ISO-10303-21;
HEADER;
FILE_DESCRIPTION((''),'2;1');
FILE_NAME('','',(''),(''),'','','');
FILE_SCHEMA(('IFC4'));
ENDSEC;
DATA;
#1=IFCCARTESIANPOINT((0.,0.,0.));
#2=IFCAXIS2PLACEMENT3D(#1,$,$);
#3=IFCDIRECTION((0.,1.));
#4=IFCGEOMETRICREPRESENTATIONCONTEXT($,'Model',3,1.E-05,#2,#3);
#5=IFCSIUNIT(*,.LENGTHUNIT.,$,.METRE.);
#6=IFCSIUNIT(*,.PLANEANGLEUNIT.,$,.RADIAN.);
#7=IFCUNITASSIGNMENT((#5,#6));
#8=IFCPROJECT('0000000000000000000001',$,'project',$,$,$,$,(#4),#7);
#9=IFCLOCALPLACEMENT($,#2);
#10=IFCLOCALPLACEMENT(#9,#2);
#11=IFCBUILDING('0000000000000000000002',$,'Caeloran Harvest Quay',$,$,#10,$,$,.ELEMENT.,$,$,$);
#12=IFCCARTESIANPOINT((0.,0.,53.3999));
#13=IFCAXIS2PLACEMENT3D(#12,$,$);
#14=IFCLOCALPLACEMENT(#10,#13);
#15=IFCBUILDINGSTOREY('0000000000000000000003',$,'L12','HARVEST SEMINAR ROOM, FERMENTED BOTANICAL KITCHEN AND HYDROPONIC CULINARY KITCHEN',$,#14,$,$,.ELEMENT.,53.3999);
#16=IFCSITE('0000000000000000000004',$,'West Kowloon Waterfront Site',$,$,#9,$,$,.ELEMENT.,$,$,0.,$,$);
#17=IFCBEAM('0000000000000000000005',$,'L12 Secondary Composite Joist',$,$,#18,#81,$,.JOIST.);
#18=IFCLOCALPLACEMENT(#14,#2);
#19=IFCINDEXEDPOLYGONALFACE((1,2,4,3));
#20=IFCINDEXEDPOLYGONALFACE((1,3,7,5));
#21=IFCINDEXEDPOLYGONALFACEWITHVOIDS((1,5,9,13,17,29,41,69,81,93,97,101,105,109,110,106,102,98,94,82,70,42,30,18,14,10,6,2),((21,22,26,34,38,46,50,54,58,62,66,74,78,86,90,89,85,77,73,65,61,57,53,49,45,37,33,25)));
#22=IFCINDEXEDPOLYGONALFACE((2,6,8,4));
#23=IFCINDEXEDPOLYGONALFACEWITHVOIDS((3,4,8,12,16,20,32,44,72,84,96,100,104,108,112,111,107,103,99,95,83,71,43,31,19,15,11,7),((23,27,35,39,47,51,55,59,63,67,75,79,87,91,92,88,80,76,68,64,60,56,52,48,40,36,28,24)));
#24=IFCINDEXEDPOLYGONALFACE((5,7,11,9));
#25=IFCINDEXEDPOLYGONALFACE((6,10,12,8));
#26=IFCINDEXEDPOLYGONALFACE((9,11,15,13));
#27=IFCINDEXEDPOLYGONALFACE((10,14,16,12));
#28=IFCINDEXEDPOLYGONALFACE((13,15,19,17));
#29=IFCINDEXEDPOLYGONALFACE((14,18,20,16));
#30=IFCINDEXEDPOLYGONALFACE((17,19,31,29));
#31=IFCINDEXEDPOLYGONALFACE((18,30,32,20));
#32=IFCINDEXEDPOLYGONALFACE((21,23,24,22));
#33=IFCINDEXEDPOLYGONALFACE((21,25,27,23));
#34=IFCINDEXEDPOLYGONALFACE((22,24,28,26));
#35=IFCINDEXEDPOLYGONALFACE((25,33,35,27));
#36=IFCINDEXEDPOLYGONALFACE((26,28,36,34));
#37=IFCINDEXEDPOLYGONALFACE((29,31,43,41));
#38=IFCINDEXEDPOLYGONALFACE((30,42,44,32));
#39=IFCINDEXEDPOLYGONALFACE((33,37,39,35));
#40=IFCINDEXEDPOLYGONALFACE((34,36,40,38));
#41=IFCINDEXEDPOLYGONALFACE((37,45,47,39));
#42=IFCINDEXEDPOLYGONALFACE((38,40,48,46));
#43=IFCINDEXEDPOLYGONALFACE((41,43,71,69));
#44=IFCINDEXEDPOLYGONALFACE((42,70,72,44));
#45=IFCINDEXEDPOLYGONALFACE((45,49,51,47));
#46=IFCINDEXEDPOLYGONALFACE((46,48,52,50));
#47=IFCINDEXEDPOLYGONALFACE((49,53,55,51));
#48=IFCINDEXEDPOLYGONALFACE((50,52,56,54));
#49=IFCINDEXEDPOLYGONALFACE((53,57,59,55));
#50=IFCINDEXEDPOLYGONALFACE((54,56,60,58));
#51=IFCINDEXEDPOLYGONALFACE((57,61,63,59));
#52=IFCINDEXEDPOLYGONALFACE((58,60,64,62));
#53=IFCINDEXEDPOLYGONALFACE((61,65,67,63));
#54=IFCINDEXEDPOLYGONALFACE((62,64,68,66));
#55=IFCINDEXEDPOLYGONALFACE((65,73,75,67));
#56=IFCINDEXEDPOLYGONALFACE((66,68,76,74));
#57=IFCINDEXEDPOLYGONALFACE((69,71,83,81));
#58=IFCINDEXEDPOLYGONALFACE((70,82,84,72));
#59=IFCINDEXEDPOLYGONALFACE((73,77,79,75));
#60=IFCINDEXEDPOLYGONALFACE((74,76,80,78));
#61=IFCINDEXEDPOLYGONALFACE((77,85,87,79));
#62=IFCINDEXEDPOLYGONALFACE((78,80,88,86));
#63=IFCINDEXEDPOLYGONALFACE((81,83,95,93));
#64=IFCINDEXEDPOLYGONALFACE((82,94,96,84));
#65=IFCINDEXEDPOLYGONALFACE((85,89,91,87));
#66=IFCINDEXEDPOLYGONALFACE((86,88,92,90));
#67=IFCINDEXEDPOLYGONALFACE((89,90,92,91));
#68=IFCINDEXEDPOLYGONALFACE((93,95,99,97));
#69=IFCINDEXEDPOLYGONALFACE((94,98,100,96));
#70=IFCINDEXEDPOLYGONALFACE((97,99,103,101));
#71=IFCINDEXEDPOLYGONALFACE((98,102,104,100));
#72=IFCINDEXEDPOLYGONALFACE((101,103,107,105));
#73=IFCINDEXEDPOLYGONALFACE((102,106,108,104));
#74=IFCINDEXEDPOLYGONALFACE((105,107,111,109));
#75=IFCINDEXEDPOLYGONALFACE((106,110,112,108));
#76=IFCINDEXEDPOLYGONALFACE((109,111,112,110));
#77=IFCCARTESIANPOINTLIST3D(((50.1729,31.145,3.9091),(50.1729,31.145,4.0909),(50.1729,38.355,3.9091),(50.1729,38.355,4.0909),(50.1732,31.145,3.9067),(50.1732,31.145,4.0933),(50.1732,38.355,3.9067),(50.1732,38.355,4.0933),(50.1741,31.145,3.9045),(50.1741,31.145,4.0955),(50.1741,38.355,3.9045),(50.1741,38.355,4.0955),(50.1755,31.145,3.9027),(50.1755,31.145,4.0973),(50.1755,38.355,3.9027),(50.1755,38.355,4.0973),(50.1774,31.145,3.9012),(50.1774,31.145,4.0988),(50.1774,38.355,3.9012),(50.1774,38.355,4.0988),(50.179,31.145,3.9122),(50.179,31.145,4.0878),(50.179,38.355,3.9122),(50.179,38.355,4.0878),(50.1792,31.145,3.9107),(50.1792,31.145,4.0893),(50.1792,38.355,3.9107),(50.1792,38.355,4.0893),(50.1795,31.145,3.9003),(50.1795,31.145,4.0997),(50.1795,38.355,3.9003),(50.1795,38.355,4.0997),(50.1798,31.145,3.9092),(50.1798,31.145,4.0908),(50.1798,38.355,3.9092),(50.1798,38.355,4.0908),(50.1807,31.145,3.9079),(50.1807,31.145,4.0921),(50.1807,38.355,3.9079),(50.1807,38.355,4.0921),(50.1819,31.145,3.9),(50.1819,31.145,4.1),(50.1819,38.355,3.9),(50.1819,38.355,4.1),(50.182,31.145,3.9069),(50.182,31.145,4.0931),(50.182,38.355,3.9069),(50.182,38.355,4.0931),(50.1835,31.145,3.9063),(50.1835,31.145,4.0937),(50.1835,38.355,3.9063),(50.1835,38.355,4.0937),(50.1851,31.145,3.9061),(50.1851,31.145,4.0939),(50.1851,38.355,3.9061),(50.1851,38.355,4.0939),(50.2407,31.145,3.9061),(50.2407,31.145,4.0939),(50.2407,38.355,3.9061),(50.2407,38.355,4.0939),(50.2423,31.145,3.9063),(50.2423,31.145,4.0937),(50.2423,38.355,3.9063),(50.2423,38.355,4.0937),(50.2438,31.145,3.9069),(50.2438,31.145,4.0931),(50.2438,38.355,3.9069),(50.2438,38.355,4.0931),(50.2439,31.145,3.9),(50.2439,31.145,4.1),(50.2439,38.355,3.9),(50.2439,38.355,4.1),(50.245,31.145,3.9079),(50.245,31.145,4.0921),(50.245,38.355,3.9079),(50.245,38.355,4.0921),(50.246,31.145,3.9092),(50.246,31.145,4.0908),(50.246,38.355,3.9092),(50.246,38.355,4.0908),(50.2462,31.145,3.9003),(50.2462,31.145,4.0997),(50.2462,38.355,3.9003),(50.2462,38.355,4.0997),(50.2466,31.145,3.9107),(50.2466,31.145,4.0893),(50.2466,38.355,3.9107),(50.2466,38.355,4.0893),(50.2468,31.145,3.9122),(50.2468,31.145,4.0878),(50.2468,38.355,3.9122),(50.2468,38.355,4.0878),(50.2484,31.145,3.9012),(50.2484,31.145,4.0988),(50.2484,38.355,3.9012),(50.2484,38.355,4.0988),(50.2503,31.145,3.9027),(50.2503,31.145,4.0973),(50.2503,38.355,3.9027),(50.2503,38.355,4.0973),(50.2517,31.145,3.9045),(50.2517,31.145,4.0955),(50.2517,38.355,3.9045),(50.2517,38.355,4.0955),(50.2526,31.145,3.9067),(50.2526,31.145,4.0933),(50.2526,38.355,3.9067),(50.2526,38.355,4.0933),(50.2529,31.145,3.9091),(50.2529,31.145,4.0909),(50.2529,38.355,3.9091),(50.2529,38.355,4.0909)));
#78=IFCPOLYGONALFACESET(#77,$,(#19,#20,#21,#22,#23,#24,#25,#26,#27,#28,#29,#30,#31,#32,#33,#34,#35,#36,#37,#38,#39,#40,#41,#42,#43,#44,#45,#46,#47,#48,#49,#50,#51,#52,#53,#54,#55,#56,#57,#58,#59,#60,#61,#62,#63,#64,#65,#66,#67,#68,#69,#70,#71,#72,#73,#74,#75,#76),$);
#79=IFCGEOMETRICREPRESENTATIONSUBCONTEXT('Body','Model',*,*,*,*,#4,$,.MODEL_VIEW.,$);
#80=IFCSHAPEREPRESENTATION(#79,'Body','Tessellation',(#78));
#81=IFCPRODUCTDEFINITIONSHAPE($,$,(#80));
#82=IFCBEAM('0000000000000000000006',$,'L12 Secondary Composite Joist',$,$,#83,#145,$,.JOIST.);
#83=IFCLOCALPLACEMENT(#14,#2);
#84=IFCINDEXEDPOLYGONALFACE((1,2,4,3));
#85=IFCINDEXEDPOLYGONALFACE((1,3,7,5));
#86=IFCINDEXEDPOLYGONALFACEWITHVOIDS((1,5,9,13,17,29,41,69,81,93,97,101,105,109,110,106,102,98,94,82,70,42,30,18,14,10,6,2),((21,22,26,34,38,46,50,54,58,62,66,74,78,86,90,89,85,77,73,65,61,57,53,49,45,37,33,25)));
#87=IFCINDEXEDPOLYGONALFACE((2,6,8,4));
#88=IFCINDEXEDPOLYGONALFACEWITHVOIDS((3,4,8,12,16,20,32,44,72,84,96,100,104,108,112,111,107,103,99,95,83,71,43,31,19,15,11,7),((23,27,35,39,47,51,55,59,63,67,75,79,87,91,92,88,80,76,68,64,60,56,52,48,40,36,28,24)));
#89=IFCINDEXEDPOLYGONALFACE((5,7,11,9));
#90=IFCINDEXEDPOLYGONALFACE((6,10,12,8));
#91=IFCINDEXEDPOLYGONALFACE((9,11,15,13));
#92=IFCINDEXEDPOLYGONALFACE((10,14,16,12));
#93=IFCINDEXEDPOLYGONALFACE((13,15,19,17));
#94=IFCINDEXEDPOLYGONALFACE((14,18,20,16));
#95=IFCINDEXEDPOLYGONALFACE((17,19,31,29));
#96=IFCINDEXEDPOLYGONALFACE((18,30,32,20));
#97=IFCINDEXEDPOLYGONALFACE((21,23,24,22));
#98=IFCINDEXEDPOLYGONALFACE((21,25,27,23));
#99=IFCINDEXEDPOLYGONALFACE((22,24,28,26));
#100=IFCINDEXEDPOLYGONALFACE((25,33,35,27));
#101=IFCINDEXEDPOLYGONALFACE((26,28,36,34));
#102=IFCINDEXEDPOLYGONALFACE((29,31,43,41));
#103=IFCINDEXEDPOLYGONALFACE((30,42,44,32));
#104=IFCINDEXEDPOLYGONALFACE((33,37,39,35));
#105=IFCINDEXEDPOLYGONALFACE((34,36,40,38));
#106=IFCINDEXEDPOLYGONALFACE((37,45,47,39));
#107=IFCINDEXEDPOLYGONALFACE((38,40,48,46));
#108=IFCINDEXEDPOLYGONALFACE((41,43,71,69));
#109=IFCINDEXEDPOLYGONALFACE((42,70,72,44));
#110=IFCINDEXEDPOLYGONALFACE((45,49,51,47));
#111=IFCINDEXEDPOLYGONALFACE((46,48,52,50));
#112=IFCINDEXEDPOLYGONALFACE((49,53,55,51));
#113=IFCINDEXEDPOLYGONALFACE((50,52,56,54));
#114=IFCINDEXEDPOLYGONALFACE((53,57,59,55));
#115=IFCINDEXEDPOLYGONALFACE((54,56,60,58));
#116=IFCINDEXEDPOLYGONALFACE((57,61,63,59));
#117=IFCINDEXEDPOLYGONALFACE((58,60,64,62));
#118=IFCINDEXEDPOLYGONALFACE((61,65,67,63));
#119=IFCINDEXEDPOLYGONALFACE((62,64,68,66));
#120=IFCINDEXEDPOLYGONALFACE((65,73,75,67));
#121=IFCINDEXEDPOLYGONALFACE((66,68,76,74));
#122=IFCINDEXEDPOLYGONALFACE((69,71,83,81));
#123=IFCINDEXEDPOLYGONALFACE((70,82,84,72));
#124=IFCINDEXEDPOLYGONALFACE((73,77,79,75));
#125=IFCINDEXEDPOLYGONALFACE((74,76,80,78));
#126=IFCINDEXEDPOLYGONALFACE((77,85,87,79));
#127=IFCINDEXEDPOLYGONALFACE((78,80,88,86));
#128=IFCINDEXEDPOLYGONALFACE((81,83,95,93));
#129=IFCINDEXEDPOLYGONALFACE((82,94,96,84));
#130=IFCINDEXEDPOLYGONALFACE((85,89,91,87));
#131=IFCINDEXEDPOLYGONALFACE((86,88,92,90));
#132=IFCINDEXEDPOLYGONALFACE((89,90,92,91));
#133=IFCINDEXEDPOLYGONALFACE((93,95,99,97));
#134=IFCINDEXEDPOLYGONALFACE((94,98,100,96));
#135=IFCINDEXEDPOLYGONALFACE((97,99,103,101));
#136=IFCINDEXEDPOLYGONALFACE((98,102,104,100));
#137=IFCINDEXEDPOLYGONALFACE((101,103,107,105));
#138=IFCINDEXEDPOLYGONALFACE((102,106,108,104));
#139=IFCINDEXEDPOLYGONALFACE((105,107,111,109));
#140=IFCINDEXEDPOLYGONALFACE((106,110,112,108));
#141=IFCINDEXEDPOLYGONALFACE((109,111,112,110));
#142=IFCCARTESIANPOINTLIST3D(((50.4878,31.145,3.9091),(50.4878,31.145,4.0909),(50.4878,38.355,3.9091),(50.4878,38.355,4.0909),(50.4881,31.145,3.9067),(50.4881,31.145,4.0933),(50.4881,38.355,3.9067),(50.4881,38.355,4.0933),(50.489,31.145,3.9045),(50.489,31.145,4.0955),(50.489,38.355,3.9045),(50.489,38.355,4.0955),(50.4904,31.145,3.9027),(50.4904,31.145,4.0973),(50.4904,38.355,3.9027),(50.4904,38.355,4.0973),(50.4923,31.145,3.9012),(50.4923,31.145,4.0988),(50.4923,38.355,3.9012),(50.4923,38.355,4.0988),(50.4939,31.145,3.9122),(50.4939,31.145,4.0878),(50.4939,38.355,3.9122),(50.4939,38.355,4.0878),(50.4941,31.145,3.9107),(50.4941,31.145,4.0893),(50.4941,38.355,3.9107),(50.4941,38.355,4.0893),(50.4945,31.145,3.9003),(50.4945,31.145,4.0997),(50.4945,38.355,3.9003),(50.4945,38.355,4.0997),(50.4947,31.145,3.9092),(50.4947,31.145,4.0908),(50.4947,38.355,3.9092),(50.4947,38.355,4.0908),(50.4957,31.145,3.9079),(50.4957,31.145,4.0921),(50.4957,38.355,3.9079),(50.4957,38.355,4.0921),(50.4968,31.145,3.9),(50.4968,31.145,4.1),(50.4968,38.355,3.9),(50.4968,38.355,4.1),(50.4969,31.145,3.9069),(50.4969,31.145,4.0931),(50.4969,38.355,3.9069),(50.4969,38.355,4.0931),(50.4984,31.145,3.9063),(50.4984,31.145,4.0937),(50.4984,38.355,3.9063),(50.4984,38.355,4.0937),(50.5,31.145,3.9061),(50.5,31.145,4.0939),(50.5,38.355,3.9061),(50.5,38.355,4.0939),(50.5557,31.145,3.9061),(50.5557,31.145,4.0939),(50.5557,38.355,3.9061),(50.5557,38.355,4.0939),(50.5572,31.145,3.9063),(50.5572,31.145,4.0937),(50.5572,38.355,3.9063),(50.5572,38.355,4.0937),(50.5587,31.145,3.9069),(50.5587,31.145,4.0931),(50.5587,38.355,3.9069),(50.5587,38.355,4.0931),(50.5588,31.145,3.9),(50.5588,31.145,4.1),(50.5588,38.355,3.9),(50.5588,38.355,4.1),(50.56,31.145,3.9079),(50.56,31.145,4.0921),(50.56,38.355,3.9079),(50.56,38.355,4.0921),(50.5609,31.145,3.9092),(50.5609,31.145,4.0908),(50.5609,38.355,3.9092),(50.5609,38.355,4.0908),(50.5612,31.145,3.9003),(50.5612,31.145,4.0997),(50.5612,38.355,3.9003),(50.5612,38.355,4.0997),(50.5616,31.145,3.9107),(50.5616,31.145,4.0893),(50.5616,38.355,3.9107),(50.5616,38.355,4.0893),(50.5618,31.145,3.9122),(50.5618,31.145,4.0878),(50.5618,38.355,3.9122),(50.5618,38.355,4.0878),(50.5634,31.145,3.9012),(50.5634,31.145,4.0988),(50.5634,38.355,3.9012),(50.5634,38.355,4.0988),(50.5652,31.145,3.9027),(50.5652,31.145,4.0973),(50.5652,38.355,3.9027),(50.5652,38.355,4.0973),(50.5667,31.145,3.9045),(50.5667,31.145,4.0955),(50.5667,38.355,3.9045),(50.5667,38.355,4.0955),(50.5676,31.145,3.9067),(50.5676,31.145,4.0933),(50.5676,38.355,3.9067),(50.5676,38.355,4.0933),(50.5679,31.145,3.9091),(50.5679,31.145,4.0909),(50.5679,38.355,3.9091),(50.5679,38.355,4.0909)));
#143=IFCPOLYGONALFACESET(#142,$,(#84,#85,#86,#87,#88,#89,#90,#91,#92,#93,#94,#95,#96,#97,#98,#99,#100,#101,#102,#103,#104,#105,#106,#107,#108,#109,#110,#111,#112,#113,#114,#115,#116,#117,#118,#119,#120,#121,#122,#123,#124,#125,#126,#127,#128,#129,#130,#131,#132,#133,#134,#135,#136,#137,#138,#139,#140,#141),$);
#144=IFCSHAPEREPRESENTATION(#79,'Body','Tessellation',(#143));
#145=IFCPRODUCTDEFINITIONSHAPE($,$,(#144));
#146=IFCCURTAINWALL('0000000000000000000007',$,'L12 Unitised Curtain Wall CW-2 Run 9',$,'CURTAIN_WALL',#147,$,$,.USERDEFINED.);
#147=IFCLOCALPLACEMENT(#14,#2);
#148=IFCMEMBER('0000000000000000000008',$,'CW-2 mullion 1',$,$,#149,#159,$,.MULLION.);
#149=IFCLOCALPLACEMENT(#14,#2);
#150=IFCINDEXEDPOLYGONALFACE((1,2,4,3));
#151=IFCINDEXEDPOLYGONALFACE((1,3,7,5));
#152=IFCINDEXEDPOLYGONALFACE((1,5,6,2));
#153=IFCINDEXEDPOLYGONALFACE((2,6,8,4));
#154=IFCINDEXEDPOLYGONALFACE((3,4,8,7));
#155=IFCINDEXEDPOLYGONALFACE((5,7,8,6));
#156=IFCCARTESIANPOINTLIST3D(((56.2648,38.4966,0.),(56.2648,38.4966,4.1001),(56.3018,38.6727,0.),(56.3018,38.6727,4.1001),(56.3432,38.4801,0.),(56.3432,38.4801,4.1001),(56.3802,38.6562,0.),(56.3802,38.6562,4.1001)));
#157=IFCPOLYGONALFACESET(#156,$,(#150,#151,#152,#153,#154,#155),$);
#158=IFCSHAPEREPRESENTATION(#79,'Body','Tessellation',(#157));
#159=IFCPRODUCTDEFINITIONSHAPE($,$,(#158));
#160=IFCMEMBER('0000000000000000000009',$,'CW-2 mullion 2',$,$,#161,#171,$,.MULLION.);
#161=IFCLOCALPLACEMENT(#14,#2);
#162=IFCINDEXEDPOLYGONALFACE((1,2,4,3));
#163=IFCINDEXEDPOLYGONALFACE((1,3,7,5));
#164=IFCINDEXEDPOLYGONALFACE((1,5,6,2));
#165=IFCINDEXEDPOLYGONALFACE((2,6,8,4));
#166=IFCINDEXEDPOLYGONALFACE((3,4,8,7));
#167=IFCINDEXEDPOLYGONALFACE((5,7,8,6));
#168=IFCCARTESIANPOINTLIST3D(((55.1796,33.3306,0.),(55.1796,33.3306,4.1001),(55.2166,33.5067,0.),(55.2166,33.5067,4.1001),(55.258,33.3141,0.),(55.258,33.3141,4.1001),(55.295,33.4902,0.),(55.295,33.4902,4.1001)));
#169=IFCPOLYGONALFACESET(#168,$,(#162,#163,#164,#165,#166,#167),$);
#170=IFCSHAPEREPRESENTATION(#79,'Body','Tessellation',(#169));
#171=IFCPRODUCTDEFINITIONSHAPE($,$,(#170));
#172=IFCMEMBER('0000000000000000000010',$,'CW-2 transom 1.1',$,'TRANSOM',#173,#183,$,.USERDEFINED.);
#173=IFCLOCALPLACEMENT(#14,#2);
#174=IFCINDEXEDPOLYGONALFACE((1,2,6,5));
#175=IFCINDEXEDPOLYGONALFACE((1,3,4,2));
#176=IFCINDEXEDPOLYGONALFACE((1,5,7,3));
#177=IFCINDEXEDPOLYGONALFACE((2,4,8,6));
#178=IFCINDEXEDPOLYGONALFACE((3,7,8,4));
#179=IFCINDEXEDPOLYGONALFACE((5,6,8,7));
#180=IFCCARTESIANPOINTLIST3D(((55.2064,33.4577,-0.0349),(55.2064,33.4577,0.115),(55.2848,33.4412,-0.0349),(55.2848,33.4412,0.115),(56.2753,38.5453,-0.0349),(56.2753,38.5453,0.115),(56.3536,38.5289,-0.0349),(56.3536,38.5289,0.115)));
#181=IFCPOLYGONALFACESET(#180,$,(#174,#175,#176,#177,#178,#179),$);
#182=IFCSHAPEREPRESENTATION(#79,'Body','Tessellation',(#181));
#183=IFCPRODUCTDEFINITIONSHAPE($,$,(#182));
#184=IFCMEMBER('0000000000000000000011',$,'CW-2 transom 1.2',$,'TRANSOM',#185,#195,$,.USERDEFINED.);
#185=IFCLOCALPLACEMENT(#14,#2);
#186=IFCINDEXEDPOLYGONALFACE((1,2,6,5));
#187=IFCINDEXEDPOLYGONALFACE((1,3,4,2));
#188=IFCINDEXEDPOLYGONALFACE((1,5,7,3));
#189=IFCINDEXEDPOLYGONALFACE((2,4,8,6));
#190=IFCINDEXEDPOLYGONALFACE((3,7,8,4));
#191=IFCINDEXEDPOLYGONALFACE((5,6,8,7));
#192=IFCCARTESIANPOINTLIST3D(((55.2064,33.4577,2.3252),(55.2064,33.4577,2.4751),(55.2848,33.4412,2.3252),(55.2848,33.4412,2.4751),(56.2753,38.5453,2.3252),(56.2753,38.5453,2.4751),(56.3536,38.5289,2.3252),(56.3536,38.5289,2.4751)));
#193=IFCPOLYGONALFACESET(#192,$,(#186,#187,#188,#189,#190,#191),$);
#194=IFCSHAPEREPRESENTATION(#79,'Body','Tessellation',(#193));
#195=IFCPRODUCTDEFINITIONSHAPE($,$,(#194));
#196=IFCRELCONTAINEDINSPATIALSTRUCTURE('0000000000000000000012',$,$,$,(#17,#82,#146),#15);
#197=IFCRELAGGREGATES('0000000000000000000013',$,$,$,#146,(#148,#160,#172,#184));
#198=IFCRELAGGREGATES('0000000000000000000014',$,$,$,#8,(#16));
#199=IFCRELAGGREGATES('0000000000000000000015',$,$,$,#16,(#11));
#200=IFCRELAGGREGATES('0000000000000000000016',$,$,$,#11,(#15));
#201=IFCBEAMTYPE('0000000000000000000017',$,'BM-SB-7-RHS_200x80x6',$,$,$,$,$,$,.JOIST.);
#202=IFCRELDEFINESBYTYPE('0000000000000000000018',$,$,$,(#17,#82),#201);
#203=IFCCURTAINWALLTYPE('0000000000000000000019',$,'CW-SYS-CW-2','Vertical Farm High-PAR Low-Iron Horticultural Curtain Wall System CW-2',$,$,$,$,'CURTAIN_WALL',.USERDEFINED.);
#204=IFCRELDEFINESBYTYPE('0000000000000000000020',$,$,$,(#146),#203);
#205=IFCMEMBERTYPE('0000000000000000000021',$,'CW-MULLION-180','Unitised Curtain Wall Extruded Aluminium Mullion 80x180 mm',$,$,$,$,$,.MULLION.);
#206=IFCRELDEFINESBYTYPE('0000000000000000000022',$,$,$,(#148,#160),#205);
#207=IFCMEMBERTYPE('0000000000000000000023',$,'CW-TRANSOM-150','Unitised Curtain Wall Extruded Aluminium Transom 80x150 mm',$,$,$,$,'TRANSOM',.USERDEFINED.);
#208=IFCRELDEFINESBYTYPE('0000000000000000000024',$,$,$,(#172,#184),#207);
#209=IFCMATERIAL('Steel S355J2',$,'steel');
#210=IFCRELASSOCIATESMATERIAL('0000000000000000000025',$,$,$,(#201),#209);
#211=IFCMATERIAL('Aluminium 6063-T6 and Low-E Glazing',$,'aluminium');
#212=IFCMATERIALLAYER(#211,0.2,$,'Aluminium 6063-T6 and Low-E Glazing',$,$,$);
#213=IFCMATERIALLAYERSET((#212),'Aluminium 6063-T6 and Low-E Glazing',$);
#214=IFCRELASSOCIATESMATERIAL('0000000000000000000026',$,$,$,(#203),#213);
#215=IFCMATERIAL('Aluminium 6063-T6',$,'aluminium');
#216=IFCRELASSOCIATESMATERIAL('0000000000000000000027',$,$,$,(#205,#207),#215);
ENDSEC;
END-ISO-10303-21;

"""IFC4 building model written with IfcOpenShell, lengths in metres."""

from ifc_helpers import new_model, si_unit, direction, frame, origin, origin_2d, place, context, subcontext, project, spatial, rectangle, hollow_rectangle, extrude, material, layer, layer_set, material_profile, profile_set, type_object, element, aggregate, save


model = new_model("IFC4")

# Units and contexts
model_context = context("Model", 3, precision=1e-05, world=origin(), true_north=direction((0.0, 1.0)))
body_context = subcontext(model_context, "Body", "Model", "MODEL_VIEW")
ifc_project = project(units=[si_unit("LENGTHUNIT", "METRE"), si_unit("PLANEANGLEUNIT", "RADIAN")], contexts=[model_context])

# Site, building, storey
site_placement = place(None, origin())
site = spatial("IfcSite", under=ifc_project, at=site_placement, Name="West Kowloon Waterfront Site", CompositionType="ELEMENT", RefElevation=0.0)
building_placement = place(site_placement, origin())
building = spatial("IfcBuilding", under=site, at=building_placement, Name="Caeloran Harvest Quay", CompositionType="ELEMENT")
storey_placement = place(building_placement, frame((0.0, 0.0, 53.3999)))
storey = spatial("IfcBuildingStorey", under=building, at=storey_placement, Name="L12", Description="HARVEST SEMINAR ROOM, FERMENTED BOTANICAL KITCHEN AND HYDROPONIC CULINARY KITCHEN", CompositionType="ELEMENT", Elevation=53.3999)

# Beams
ifc_material_1 = material(Name="Steel S355J2", Category="steel")
ifc_material_profile_1 = material_profile(ifc_material_1, hollow_rectangle(XDim=0.0801, YDim=0.2, WallThickness=0.0061, InnerFilletRadius=0.0061, OuterFilletRadius=0.009, at=origin_2d()), Name="RHS 200x80x6")
ifc_profile_set_1 = profile_set([ifc_material_profile_1], Name="Steel S355J2")
beam_type_1 = type_object("IfcBeamType", Name="BM-SB-7-RHS_200x80x6", PredefinedType="JOIST", material=ifc_profile_set_1)
for number, where, z_axis, x_axis, name in (
    (1, (50.2129, 31.145, 4.0), (0.0, 1.0, 0.0), (-1.0, 0.0, 0.0), "L12 Secondary Composite Joist"),
    (2, (50.5278, 31.145, 4.0), (0.0, 1.0, 0.0), (-1.0, 0.0, 0.0), "L12 Secondary Composite Joist"),
):
    element("IfcBeam", number, at=place(storey_placement, frame(where, z_axis=z_axis, x_axis=x_axis)), inside=storey, type_object=beam_type_1, Name=name, PredefinedType="JOIST", context=body_context, shape_type="SweptSolid", body=[
        extrude(hollow_rectangle(XDim=0.0801, YDim=0.2, WallThickness=0.0061, InnerFilletRadius=0.0061, OuterFilletRadius=0.009, at=origin_2d()), origin(), (0.0, 0.0, 1.0), 7.21),
    ])

# Curtain wall, members
ifc_material_2 = material(Name="Aluminium 6063-T6 and Low-E Glazing", Category="aluminium")
ifc_layer_1 = layer(ifc_material_2, 0.2, Name="Aluminium 6063-T6 and Low-E Glazing")
ifc_layer_set_1 = layer_set([ifc_layer_1], Name="Aluminium 6063-T6 and Low-E Glazing")
curtain_wall_type = type_object("IfcCurtainWallType", Name="CW-SYS-CW-2", Description="Vertical Farm High-PAR Low-Iron Horticultural Curtain Wall System CW-2", ElementType="CURTAIN_WALL", PredefinedType="USERDEFINED", material=ifc_layer_set_1)
curtain_wall_placement = place(storey_placement, origin())
curtain_wall = element("IfcCurtainWall", 3, at=curtain_wall_placement, inside=storey, type_object=curtain_wall_type, Name="L12 Unitised Curtain Wall CW-2 Run 9", ObjectType="CURTAIN_WALL", PredefinedType="USERDEFINED")
ifc_material_3 = material(Name="Aluminium 6063-T6", Category="aluminium")
ifc_material_profile_2 = material_profile(ifc_material_3, rectangle(XDim=0.0801, YDim=0.1799, at=origin_2d()), Name="CW-MULLION-180")
ifc_profile_set_2 = profile_set([ifc_material_profile_2], Name="Aluminium 6063-T6")
member_type_1 = type_object("IfcMemberType", Name="CW-MULLION-180", Description="Unitised Curtain Wall Extruded Aluminium Mullion 80x180 mm", PredefinedType="MULLION", material=ifc_profile_set_2)
member_1_placement = place(storey_placement, frame((56.3225, 38.5764, 0.0), z_axis=(0.0, 0.0, 1.0), x_axis=(0.97864, -0.205583, 0.0)))
member_1 = element("IfcMember", 4, at=member_1_placement, type_object=member_type_1, Name="CW-2 mullion 1", PredefinedType="MULLION", context=body_context, shape_type="SweptSolid", body=[
    extrude(rectangle(XDim=0.0801, YDim=0.1799, at=origin_2d()), origin(), (0.0, 0.0, 1.0), 4.1001),
])
member_2_placement = place(storey_placement, frame((55.2373, 33.4104, 0.0), z_axis=(0.0, 0.0, 1.0), x_axis=(0.97864, -0.205583, 0.0)))
member_2 = element("IfcMember", 5, at=member_2_placement, type_object=member_type_1, Name="CW-2 mullion 2", PredefinedType="MULLION", context=body_context, shape_type="SweptSolid", body=[
    extrude(rectangle(XDim=0.0801, YDim=0.1799, at=origin_2d()), origin(), (0.0, 0.0, 1.0), 4.1001),
])
ifc_material_profile_3 = material_profile(ifc_material_3, rectangle(XDim=0.0801, YDim=0.1499, at=origin_2d()), Name="CW-TRANSOM-150")
ifc_profile_set_3 = profile_set([ifc_material_profile_3], Name="Aluminium 6063-T6")
member_type_2 = type_object("IfcMemberType", Name="CW-TRANSOM-150", Description="Unitised Curtain Wall Extruded Aluminium Transom 80x150 mm", ElementType="TRANSOM", PredefinedType="USERDEFINED", material=ifc_profile_set_3)
member_3_placement = place(storey_placement, frame((56.3145, 38.5371, 0.04), z_axis=(-0.205599, -0.978636, 0.0), x_axis=(0.978636, -0.205599, 0.0)))
member_3 = element("IfcMember", 6, at=member_3_placement, type_object=member_type_2, Name="CW-2 transom 1.1", ObjectType="TRANSOM", PredefinedType="USERDEFINED", context=body_context, shape_type="SweptSolid", body=[
    extrude(rectangle(XDim=0.0801, YDim=0.1499, at=origin_2d()), origin(), (0.0, 0.0, 1.0), 5.1987),
])
member_4_placement = place(storey_placement, frame((56.3145, 38.5371, 2.4001), z_axis=(-0.205599, -0.978636, 0.0), x_axis=(0.978636, -0.205599, 0.0)))
member_4 = element("IfcMember", 7, at=member_4_placement, type_object=member_type_2, Name="CW-2 transom 1.2", ObjectType="TRANSOM", PredefinedType="USERDEFINED", context=body_context, shape_type="SweptSolid", body=[
    extrude(rectangle(XDim=0.0801, YDim=0.1499, at=origin_2d()), origin(), (0.0, 0.0, 1.0), 5.1987),
])
aggregate(curtain_wall, [member_1, member_2, member_3, member_4])

save(model, "model.ifc")
